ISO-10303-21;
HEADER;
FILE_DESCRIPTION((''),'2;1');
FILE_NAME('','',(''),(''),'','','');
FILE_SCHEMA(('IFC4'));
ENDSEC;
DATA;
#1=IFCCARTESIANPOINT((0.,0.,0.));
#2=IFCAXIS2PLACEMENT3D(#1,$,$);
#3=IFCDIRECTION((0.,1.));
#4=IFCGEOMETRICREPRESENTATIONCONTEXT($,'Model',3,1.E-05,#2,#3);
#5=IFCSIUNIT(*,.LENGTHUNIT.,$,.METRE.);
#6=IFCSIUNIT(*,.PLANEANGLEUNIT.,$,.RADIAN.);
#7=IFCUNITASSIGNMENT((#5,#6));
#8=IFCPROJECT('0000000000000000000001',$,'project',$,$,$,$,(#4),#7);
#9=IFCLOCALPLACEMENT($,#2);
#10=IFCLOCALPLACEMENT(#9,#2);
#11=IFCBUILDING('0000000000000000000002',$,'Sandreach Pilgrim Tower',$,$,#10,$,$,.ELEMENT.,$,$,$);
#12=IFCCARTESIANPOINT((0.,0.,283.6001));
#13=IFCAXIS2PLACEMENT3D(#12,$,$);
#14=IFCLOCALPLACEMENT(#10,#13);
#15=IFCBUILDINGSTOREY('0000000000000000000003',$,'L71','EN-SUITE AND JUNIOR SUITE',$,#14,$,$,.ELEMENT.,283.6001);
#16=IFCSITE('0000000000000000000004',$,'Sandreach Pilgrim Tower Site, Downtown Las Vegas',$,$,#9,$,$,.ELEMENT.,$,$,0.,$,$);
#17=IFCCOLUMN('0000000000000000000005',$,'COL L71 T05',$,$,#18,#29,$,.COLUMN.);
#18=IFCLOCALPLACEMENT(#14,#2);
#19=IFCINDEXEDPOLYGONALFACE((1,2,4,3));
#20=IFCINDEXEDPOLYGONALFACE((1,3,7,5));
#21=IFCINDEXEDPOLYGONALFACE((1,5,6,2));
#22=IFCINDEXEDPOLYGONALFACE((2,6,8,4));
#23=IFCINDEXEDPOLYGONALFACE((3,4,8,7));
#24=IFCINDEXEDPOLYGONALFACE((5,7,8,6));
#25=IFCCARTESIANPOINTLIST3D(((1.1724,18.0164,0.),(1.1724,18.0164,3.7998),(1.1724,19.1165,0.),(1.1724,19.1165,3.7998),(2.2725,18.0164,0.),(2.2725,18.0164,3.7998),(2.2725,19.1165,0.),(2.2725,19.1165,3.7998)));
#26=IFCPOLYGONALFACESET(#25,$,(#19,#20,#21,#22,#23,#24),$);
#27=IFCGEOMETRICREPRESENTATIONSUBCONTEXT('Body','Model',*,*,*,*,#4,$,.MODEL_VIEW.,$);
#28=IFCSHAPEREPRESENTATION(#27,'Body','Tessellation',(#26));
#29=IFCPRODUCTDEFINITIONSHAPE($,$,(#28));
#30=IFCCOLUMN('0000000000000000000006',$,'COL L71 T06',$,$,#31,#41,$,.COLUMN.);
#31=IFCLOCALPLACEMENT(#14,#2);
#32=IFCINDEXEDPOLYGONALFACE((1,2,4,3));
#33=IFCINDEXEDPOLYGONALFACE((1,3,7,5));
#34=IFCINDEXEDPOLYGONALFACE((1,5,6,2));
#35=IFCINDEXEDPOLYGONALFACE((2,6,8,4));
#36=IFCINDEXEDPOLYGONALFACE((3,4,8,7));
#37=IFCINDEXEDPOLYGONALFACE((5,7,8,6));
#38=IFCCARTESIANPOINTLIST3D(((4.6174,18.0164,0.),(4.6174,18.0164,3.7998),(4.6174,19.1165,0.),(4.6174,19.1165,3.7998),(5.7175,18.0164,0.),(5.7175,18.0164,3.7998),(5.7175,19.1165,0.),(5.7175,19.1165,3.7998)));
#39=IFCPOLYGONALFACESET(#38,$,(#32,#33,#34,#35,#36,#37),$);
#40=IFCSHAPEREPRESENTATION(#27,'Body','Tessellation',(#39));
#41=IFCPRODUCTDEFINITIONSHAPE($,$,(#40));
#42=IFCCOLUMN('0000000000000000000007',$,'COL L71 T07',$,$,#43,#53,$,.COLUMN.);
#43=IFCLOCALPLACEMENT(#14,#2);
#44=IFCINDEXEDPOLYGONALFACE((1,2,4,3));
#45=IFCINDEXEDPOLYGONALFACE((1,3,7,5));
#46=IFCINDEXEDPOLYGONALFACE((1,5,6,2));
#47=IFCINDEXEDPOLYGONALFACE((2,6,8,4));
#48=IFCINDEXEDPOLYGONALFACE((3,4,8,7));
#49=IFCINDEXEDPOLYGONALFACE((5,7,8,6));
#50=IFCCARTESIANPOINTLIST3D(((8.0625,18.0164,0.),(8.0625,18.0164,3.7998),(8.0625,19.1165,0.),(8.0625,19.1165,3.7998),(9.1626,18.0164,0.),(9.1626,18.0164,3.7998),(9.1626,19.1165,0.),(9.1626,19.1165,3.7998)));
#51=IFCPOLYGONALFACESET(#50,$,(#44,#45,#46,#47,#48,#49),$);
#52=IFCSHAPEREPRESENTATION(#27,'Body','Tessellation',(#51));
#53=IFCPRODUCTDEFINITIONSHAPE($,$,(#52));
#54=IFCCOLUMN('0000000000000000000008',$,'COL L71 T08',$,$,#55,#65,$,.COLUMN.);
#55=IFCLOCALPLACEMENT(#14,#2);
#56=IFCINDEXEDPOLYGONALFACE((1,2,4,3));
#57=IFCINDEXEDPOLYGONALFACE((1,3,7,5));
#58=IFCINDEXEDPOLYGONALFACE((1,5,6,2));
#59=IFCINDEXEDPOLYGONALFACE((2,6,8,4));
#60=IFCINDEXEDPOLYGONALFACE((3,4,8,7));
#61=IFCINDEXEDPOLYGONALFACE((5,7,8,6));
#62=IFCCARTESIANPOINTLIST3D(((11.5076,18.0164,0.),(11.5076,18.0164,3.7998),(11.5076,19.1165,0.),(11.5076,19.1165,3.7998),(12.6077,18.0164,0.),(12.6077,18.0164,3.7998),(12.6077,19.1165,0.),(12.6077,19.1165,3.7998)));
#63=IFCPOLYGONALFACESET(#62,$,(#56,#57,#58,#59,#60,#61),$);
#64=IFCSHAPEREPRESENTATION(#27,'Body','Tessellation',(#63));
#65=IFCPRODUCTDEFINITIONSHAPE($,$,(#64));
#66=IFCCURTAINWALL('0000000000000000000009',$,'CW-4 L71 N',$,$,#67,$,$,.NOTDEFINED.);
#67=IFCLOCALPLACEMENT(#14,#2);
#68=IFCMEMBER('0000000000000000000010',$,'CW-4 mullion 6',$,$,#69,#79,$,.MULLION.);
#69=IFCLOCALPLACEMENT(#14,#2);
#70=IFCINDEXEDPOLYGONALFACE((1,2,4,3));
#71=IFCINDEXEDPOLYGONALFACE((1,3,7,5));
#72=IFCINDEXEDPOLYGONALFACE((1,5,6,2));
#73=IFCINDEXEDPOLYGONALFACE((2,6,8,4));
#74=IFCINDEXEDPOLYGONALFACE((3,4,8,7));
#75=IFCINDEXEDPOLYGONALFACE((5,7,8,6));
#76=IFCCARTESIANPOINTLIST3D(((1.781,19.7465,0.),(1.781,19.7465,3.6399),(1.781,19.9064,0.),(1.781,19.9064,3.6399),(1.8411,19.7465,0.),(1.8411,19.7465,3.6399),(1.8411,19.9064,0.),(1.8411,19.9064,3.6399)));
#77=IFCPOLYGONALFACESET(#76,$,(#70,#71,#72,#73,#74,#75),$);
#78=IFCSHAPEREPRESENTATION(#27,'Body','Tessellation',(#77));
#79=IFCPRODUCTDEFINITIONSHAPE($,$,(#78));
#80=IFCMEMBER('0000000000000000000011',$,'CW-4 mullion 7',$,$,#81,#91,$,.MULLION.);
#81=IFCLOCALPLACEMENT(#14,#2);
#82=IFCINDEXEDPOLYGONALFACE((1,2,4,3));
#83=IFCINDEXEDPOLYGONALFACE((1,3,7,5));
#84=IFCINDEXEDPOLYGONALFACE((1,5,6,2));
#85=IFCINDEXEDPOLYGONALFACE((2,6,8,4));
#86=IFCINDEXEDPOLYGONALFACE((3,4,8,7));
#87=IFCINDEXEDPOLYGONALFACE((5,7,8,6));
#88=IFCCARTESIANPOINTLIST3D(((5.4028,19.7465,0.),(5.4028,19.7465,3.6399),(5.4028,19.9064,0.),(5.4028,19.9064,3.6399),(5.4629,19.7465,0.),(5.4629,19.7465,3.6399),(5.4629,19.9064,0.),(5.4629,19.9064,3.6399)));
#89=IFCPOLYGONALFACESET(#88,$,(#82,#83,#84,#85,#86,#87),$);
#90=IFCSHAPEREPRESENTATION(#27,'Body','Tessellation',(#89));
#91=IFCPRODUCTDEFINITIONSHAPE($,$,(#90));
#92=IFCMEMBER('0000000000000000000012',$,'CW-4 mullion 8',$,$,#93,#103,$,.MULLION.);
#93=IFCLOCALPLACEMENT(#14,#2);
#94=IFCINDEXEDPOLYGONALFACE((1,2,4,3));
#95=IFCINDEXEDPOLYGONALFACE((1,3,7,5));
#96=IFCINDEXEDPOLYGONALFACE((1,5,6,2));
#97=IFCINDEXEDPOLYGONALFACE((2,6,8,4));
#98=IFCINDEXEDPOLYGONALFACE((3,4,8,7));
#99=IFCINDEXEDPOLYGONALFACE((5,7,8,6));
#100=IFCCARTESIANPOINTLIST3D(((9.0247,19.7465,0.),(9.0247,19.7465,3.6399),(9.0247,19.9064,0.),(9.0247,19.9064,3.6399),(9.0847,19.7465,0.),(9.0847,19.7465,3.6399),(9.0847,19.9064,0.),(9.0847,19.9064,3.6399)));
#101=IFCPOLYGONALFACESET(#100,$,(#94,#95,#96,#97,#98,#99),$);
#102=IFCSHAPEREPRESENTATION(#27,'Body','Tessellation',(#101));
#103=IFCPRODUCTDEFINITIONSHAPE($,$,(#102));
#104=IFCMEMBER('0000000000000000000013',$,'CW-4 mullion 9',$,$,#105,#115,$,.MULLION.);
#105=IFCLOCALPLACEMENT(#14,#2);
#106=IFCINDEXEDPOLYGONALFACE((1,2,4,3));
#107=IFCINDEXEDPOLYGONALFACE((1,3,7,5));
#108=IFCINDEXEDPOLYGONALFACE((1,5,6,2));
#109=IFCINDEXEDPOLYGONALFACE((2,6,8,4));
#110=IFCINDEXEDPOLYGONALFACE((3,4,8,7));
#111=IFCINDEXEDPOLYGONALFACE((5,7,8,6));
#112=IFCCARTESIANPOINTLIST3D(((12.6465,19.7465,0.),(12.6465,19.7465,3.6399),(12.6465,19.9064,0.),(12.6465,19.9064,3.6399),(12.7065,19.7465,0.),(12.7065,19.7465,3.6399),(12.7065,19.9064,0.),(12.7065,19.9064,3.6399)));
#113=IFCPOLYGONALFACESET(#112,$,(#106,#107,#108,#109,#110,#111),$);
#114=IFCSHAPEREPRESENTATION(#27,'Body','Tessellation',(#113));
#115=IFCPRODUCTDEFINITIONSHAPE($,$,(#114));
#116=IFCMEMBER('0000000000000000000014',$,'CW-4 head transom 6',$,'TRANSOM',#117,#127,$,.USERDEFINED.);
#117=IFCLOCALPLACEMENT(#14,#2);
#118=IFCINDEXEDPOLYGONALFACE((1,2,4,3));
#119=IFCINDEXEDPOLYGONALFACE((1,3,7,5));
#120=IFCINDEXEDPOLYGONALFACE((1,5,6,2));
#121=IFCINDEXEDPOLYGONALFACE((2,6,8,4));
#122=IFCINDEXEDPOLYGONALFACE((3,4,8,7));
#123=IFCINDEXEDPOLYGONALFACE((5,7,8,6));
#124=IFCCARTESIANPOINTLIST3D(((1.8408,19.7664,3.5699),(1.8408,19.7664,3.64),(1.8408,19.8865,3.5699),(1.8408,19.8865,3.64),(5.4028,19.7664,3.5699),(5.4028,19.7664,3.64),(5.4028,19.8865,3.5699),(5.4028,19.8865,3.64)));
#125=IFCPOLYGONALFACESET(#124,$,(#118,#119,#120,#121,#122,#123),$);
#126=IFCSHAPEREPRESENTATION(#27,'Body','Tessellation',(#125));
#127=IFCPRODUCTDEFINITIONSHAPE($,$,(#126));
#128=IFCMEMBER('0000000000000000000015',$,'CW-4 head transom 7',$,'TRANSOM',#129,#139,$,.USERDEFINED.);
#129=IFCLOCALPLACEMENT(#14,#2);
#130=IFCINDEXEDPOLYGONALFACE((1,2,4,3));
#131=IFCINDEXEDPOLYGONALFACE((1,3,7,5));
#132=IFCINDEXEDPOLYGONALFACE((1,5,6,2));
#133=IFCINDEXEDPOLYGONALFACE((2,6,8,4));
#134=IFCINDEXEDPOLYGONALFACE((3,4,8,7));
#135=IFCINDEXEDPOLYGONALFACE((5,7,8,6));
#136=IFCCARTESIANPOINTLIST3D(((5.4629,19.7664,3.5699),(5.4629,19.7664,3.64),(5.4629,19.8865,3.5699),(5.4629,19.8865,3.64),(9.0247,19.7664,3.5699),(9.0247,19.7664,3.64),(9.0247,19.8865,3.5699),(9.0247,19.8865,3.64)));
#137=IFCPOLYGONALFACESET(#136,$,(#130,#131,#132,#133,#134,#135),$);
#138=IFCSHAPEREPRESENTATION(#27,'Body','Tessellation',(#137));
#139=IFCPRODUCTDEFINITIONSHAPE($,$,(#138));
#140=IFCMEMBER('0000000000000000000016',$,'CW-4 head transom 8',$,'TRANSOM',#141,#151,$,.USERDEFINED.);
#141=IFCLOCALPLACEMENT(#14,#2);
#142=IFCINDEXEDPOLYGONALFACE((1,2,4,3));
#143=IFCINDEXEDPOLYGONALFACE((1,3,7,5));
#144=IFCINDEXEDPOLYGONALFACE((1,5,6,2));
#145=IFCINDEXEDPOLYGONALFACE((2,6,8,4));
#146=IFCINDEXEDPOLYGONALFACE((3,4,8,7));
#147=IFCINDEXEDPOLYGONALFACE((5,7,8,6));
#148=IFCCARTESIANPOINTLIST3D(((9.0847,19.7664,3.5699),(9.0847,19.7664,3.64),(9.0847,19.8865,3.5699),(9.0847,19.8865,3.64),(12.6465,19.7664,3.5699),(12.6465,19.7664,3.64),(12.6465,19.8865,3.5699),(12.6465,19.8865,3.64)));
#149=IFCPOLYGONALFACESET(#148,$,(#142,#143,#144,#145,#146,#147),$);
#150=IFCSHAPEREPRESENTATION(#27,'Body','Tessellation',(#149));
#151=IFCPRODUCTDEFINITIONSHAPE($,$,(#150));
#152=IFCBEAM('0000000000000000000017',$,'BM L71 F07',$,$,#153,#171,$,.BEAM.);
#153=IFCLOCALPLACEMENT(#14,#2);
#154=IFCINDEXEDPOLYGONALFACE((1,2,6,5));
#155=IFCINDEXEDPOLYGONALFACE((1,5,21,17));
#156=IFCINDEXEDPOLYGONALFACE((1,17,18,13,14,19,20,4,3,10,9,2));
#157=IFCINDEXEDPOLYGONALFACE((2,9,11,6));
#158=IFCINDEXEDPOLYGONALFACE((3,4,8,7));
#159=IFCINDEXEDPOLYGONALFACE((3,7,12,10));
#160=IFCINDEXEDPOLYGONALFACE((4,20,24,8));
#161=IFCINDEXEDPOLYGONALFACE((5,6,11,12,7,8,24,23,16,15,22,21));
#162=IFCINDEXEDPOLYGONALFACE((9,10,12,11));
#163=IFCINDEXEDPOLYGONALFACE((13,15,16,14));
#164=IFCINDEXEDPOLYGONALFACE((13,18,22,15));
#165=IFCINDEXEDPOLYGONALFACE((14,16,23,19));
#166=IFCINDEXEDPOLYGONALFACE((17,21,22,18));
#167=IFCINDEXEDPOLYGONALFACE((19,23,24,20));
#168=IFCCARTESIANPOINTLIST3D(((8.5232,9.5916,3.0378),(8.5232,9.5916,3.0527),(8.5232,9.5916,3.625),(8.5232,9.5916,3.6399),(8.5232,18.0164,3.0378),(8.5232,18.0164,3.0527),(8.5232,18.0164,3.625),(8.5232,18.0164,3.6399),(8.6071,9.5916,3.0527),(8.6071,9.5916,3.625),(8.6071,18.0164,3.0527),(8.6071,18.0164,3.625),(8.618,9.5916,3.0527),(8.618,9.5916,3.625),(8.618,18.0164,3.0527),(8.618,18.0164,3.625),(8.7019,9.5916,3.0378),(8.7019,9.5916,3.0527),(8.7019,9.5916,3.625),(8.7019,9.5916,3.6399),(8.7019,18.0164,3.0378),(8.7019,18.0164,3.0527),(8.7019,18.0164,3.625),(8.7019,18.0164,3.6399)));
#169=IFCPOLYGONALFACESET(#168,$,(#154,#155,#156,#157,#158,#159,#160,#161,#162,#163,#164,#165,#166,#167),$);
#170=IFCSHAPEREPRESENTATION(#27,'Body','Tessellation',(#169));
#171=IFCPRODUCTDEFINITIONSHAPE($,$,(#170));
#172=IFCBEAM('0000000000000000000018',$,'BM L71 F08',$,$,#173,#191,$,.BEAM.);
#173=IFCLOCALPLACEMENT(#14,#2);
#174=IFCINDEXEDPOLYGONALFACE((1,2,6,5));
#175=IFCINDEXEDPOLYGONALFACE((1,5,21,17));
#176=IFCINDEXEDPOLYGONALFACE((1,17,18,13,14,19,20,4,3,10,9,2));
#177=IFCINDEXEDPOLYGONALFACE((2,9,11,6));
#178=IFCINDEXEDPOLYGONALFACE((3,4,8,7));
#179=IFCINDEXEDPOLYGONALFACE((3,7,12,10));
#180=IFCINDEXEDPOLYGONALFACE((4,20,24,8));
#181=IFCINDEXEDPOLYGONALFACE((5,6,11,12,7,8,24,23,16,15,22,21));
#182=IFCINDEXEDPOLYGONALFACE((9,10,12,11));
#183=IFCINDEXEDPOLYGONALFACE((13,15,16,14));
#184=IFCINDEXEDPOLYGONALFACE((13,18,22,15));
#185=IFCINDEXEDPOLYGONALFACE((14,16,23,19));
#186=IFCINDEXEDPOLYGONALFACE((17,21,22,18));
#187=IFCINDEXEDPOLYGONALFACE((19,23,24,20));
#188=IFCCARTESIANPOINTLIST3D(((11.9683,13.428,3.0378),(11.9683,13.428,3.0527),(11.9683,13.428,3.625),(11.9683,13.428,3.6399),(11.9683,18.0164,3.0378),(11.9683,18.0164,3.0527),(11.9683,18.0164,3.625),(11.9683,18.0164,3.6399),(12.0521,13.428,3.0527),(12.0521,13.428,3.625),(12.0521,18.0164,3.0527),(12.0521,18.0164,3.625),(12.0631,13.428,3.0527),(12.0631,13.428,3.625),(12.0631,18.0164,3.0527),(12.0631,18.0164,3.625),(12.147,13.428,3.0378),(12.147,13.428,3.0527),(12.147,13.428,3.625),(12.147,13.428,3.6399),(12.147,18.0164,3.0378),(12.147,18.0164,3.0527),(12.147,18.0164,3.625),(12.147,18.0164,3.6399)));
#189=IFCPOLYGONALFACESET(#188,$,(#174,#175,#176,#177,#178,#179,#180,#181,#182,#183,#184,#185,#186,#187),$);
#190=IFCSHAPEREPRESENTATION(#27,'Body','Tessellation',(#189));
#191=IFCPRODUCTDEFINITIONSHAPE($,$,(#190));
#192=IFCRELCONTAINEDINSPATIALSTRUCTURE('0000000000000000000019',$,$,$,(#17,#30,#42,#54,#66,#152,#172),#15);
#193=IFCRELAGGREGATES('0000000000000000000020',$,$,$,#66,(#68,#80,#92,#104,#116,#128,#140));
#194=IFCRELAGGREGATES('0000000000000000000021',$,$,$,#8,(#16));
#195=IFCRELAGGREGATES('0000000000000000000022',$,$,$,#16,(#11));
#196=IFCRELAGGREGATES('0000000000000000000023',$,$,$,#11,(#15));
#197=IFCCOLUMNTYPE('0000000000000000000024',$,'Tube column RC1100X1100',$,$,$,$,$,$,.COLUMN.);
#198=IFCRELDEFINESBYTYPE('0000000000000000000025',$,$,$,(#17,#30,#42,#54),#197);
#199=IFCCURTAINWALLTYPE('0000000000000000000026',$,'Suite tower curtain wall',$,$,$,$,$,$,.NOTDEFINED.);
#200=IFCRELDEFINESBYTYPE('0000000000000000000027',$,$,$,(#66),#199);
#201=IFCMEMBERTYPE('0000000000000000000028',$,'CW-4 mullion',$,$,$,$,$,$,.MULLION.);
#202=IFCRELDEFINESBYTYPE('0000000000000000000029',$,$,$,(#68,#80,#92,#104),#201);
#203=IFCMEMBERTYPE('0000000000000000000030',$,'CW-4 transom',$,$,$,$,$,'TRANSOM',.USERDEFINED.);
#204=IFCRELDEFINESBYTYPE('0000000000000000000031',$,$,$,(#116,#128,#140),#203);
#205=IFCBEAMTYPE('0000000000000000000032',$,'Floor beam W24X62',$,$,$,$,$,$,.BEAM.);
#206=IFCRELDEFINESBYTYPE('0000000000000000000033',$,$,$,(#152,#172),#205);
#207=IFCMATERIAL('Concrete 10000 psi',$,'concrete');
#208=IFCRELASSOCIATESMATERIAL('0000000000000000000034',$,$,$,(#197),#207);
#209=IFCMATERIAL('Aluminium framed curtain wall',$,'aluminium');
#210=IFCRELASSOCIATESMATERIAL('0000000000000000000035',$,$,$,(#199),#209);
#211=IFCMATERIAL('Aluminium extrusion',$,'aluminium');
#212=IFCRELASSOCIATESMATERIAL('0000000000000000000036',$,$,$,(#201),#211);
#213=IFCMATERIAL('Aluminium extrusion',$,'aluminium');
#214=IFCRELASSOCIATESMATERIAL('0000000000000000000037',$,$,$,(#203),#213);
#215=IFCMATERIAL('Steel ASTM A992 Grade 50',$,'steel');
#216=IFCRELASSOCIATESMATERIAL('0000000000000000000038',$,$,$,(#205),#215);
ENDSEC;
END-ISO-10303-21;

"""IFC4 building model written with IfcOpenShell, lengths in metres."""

from ifc_helpers import new_model, si_unit, direction, frame, origin, origin_2d, place, context, subcontext, project, spatial, rectangle, i_section, extrude, material, material_profile, profile_set, type_object, element, aggregate, save


model = new_model("IFC4")

# Units and contexts
model_context = context("Model", 3, precision=1e-05, world=origin(), true_north=direction((0.0, 1.0)))
body_context = subcontext(model_context, "Body", "Model", "MODEL_VIEW")
ifc_project = project(units=[si_unit("LENGTHUNIT", "METRE"), si_unit("PLANEANGLEUNIT", "RADIAN")], contexts=[model_context])

# Site, building, storey
site_placement = place(None, origin())
site = spatial("IfcSite", under=ifc_project, at=site_placement, Name="Sandreach Pilgrim Tower Site, Downtown Las Vegas", CompositionType="ELEMENT", RefElevation=0.0)
building_placement = place(site_placement, origin())
building = spatial("IfcBuilding", under=site, at=building_placement, Name="Sandreach Pilgrim Tower", CompositionType="ELEMENT")
storey_placement = place(building_placement, frame((0.0, 0.0, 283.6001)))
storey = spatial("IfcBuildingStorey", under=building, at=storey_placement, Name="L71", Description="EN-SUITE AND JUNIOR SUITE", CompositionType="ELEMENT", Elevation=283.6001)

# Columns
ifc_material_1 = material(Name="Concrete 10000 psi", Category="concrete")
ifc_material_profile_1 = material_profile(ifc_material_1, rectangle(XDim=1.1001, YDim=1.1001, at=origin_2d()), Name="RC1100X1100")
ifc_profile_set_1 = profile_set([ifc_material_profile_1], Name="Concrete 10000 psi")
column_type = type_object("IfcColumnType", Name="Tube column RC1100X1100", PredefinedType="COLUMN", material=ifc_profile_set_1)
for number, where, z_axis, x_axis, name in (
    (1, (1.7224, 18.5664, 0.0), (0.0, 0.0, 1.0), (0.0, 1.0, 0.0), "COL L71 T05"),
    (2, (5.1675, 18.5664, 0.0), (0.0, 0.0, 1.0), (0.0, 1.0, 0.0), "COL L71 T06"),
    (3, (8.6125, 18.5664, 0.0), (0.0, 0.0, 1.0), (0.0, 1.0, 0.0), "COL L71 T07"),
    (4, (12.0576, 18.5664, 0.0), (0.0, 0.0, 1.0), (0.0, 1.0, 0.0), "COL L71 T08"),
):
    element("IfcColumn", number, at=place(storey_placement, frame(where, z_axis=z_axis, x_axis=x_axis)), inside=storey, type_object=column_type, Name=name, PredefinedType="COLUMN", context=body_context, shape_type="SweptSolid", body=[
        extrude(rectangle(XDim=1.1001, YDim=1.1001, at=origin_2d()), origin(), (0.0, 0.0, 1.0), 3.7998),
    ])

# Curtain wall, members
ifc_material_2 = material(Name="Aluminium framed curtain wall", Category="aluminium")
curtain_wall_type = type_object("IfcCurtainWallType", Name="Suite tower curtain wall", PredefinedType="NOTDEFINED", material=ifc_material_2)
curtain_wall_placement = place(storey_placement, origin())
curtain_wall = element("IfcCurtainWall", 5, at=curtain_wall_placement, inside=storey, type_object=curtain_wall_type, Name="CW-4 L71 N", PredefinedType="NOTDEFINED")
ifc_material_3 = material(Name="Aluminium extrusion", Category="aluminium")
ifc_material_profile_2 = material_profile(ifc_material_3, rectangle(XDim=0.0601, YDim=0.1599, at=origin_2d()), Name="CW-4M 60X160")
ifc_profile_set_2 = profile_set([ifc_material_profile_2], Name="Aluminium extrusion")
member_type_1 = type_object("IfcMemberType", Name="CW-4 mullion", PredefinedType="MULLION", material=ifc_profile_set_2)
member_1_placement = place(storey_placement, frame((1.811, 19.8264, 0.0), z_axis=(0.0, 0.0, 1.0), x_axis=(1.0, 0.0, 0.0)))
member_1 = element("IfcMember", 6, at=member_1_placement, type_object=member_type_1, Name="CW-4 mullion 6", PredefinedType="MULLION", context=body_context, shape_type="SweptSolid", body=[
    extrude(rectangle(XDim=0.0601, YDim=0.1599, at=origin_2d()), origin(), (0.0, 0.0, 1.0), 3.6399),
])
member_2_placement = place(storey_placement, frame((5.4329, 19.8264, 0.0), z_axis=(0.0, 0.0, 1.0), x_axis=(1.0, 0.0, 0.0)))
member_2 = element("IfcMember", 7, at=member_2_placement, type_object=member_type_1, Name="CW-4 mullion 7", PredefinedType="MULLION", context=body_context, shape_type="SweptSolid", body=[
    extrude(rectangle(XDim=0.0601, YDim=0.1599, at=origin_2d()), origin(), (0.0, 0.0, 1.0), 3.6399),
])
member_3_placement = place(storey_placement, frame((9.0547, 19.8264, 0.0), z_axis=(0.0, 0.0, 1.0), x_axis=(1.0, 0.0, 0.0)))
member_3 = element("IfcMember", 8, at=member_3_placement, type_object=member_type_1, Name="CW-4 mullion 8", PredefinedType="MULLION", context=body_context, shape_type="SweptSolid", body=[
    extrude(rectangle(XDim=0.0601, YDim=0.1599, at=origin_2d()), origin(), (0.0, 0.0, 1.0), 3.6399),
])
member_4_placement = place(storey_placement, frame((12.6765, 19.8264, 0.0), z_axis=(0.0, 0.0, 1.0), x_axis=(1.0, 0.0, 0.0)))
member_4 = element("IfcMember", 9, at=member_4_placement, type_object=member_type_1, Name="CW-4 mullion 9", PredefinedType="MULLION", context=body_context, shape_type="SweptSolid", body=[
    extrude(rectangle(XDim=0.0601, YDim=0.1599, at=origin_2d()), origin(), (0.0, 0.0, 1.0), 3.6399),
])
ifc_material_4 = material(Name="Aluminium extrusion", Category="aluminium")
ifc_material_profile_3 = material_profile(ifc_material_4, rectangle(XDim=0.1201, YDim=0.0701, at=origin_2d()), Name="CW-4T 120X70")
ifc_profile_set_3 = profile_set([ifc_material_profile_3], Name="Aluminium extrusion")
member_type_2 = type_object("IfcMemberType", Name="CW-4 transom", ElementType="TRANSOM", PredefinedType="USERDEFINED", material=ifc_profile_set_3)
member_5_placement = place(storey_placement, frame((1.8408, 19.8264, 3.605), z_axis=(1.0, 0.0, 0.0), x_axis=(0.0, 1.0, 0.0)))
member_5 = element("IfcMember", 10, at=member_5_placement, type_object=member_type_2, Name="CW-4 head transom 6", ObjectType="TRANSOM", PredefinedType="USERDEFINED", context=body_context, shape_type="SweptSolid", body=[
    extrude(rectangle(XDim=0.1201, YDim=0.0701, at=origin_2d()), origin(), (0.0, 0.0, 1.0), 3.562),
])
member_6_placement = place(storey_placement, frame((5.4629, 19.8264, 3.605), z_axis=(1.0, 0.0, 0.0), x_axis=(0.0, 1.0, 0.0)))
member_6 = element("IfcMember", 11, at=member_6_placement, type_object=member_type_2, Name="CW-4 head transom 7", ObjectType="TRANSOM", PredefinedType="USERDEFINED", context=body_context, shape_type="SweptSolid", body=[
    extrude(rectangle(XDim=0.1201, YDim=0.0701, at=origin_2d()), origin(), (0.0, 0.0, 1.0), 3.5618),
])
member_7_placement = place(storey_placement, frame((9.0847, 19.8264, 3.605), z_axis=(1.0, 0.0, 0.0), x_axis=(0.0, 1.0, 0.0)))
member_7 = element("IfcMember", 12, at=member_7_placement, type_object=member_type_2, Name="CW-4 head transom 8", ObjectType="TRANSOM", PredefinedType="USERDEFINED", context=body_context, shape_type="SweptSolid", body=[
    extrude(rectangle(XDim=0.1201, YDim=0.0701, at=origin_2d()), origin(), (0.0, 0.0, 1.0), 3.5618),
])

# Beams
ifc_material_5 = material(Name="Steel ASTM A992 Grade 50", Category="steel")
ifc_material_profile_4 = material_profile(ifc_material_5, i_section(OverallWidth=0.1787, OverallDepth=0.6021, WebThickness=0.011, FlangeThickness=0.0149, at=origin_2d()), Name="W24X62")
ifc_profile_set_4 = profile_set([ifc_material_profile_4], Name="Steel ASTM A992 Grade 50")
beam_type_1 = type_object("IfcBeamType", Name="Floor beam W24X62", PredefinedType="BEAM", material=ifc_profile_set_4)
beam_1_placement = place(storey_placement, frame((8.6125, 18.0164, 3.3389), z_axis=(0.0, -1.0, 0.0), x_axis=(1.0, 0.0, 0.0)))
element("IfcBeam", 13, at=beam_1_placement, inside=storey, type_object=beam_type_1, Name="BM L71 F07", PredefinedType="BEAM", context=body_context, shape_type="SweptSolid", body=[
    extrude(i_section(OverallWidth=0.1787, OverallDepth=0.6021, WebThickness=0.011, FlangeThickness=0.0149, at=origin_2d()), origin(), (0.0, 0.0, 1.0), 8.4248),
])
beam_2_placement = place(storey_placement, frame((12.0576, 18.0164, 3.3389), z_axis=(0.0, -1.0, 0.0), x_axis=(1.0, 0.0, 0.0)))
element("IfcBeam", 14, at=beam_2_placement, inside=storey, type_object=beam_type_1, Name="BM L71 F08", PredefinedType="BEAM", context=body_context, shape_type="SweptSolid", body=[
    extrude(i_section(OverallWidth=0.1787, OverallDepth=0.6021, WebThickness=0.011, FlangeThickness=0.0149, at=origin_2d()), origin(), (0.0, 0.0, 1.0), 4.5884),
])

aggregate(curtain_wall, [member_1, member_2, member_3, member_4, member_5, member_6, member_7])

save(model, "model.ifc")
